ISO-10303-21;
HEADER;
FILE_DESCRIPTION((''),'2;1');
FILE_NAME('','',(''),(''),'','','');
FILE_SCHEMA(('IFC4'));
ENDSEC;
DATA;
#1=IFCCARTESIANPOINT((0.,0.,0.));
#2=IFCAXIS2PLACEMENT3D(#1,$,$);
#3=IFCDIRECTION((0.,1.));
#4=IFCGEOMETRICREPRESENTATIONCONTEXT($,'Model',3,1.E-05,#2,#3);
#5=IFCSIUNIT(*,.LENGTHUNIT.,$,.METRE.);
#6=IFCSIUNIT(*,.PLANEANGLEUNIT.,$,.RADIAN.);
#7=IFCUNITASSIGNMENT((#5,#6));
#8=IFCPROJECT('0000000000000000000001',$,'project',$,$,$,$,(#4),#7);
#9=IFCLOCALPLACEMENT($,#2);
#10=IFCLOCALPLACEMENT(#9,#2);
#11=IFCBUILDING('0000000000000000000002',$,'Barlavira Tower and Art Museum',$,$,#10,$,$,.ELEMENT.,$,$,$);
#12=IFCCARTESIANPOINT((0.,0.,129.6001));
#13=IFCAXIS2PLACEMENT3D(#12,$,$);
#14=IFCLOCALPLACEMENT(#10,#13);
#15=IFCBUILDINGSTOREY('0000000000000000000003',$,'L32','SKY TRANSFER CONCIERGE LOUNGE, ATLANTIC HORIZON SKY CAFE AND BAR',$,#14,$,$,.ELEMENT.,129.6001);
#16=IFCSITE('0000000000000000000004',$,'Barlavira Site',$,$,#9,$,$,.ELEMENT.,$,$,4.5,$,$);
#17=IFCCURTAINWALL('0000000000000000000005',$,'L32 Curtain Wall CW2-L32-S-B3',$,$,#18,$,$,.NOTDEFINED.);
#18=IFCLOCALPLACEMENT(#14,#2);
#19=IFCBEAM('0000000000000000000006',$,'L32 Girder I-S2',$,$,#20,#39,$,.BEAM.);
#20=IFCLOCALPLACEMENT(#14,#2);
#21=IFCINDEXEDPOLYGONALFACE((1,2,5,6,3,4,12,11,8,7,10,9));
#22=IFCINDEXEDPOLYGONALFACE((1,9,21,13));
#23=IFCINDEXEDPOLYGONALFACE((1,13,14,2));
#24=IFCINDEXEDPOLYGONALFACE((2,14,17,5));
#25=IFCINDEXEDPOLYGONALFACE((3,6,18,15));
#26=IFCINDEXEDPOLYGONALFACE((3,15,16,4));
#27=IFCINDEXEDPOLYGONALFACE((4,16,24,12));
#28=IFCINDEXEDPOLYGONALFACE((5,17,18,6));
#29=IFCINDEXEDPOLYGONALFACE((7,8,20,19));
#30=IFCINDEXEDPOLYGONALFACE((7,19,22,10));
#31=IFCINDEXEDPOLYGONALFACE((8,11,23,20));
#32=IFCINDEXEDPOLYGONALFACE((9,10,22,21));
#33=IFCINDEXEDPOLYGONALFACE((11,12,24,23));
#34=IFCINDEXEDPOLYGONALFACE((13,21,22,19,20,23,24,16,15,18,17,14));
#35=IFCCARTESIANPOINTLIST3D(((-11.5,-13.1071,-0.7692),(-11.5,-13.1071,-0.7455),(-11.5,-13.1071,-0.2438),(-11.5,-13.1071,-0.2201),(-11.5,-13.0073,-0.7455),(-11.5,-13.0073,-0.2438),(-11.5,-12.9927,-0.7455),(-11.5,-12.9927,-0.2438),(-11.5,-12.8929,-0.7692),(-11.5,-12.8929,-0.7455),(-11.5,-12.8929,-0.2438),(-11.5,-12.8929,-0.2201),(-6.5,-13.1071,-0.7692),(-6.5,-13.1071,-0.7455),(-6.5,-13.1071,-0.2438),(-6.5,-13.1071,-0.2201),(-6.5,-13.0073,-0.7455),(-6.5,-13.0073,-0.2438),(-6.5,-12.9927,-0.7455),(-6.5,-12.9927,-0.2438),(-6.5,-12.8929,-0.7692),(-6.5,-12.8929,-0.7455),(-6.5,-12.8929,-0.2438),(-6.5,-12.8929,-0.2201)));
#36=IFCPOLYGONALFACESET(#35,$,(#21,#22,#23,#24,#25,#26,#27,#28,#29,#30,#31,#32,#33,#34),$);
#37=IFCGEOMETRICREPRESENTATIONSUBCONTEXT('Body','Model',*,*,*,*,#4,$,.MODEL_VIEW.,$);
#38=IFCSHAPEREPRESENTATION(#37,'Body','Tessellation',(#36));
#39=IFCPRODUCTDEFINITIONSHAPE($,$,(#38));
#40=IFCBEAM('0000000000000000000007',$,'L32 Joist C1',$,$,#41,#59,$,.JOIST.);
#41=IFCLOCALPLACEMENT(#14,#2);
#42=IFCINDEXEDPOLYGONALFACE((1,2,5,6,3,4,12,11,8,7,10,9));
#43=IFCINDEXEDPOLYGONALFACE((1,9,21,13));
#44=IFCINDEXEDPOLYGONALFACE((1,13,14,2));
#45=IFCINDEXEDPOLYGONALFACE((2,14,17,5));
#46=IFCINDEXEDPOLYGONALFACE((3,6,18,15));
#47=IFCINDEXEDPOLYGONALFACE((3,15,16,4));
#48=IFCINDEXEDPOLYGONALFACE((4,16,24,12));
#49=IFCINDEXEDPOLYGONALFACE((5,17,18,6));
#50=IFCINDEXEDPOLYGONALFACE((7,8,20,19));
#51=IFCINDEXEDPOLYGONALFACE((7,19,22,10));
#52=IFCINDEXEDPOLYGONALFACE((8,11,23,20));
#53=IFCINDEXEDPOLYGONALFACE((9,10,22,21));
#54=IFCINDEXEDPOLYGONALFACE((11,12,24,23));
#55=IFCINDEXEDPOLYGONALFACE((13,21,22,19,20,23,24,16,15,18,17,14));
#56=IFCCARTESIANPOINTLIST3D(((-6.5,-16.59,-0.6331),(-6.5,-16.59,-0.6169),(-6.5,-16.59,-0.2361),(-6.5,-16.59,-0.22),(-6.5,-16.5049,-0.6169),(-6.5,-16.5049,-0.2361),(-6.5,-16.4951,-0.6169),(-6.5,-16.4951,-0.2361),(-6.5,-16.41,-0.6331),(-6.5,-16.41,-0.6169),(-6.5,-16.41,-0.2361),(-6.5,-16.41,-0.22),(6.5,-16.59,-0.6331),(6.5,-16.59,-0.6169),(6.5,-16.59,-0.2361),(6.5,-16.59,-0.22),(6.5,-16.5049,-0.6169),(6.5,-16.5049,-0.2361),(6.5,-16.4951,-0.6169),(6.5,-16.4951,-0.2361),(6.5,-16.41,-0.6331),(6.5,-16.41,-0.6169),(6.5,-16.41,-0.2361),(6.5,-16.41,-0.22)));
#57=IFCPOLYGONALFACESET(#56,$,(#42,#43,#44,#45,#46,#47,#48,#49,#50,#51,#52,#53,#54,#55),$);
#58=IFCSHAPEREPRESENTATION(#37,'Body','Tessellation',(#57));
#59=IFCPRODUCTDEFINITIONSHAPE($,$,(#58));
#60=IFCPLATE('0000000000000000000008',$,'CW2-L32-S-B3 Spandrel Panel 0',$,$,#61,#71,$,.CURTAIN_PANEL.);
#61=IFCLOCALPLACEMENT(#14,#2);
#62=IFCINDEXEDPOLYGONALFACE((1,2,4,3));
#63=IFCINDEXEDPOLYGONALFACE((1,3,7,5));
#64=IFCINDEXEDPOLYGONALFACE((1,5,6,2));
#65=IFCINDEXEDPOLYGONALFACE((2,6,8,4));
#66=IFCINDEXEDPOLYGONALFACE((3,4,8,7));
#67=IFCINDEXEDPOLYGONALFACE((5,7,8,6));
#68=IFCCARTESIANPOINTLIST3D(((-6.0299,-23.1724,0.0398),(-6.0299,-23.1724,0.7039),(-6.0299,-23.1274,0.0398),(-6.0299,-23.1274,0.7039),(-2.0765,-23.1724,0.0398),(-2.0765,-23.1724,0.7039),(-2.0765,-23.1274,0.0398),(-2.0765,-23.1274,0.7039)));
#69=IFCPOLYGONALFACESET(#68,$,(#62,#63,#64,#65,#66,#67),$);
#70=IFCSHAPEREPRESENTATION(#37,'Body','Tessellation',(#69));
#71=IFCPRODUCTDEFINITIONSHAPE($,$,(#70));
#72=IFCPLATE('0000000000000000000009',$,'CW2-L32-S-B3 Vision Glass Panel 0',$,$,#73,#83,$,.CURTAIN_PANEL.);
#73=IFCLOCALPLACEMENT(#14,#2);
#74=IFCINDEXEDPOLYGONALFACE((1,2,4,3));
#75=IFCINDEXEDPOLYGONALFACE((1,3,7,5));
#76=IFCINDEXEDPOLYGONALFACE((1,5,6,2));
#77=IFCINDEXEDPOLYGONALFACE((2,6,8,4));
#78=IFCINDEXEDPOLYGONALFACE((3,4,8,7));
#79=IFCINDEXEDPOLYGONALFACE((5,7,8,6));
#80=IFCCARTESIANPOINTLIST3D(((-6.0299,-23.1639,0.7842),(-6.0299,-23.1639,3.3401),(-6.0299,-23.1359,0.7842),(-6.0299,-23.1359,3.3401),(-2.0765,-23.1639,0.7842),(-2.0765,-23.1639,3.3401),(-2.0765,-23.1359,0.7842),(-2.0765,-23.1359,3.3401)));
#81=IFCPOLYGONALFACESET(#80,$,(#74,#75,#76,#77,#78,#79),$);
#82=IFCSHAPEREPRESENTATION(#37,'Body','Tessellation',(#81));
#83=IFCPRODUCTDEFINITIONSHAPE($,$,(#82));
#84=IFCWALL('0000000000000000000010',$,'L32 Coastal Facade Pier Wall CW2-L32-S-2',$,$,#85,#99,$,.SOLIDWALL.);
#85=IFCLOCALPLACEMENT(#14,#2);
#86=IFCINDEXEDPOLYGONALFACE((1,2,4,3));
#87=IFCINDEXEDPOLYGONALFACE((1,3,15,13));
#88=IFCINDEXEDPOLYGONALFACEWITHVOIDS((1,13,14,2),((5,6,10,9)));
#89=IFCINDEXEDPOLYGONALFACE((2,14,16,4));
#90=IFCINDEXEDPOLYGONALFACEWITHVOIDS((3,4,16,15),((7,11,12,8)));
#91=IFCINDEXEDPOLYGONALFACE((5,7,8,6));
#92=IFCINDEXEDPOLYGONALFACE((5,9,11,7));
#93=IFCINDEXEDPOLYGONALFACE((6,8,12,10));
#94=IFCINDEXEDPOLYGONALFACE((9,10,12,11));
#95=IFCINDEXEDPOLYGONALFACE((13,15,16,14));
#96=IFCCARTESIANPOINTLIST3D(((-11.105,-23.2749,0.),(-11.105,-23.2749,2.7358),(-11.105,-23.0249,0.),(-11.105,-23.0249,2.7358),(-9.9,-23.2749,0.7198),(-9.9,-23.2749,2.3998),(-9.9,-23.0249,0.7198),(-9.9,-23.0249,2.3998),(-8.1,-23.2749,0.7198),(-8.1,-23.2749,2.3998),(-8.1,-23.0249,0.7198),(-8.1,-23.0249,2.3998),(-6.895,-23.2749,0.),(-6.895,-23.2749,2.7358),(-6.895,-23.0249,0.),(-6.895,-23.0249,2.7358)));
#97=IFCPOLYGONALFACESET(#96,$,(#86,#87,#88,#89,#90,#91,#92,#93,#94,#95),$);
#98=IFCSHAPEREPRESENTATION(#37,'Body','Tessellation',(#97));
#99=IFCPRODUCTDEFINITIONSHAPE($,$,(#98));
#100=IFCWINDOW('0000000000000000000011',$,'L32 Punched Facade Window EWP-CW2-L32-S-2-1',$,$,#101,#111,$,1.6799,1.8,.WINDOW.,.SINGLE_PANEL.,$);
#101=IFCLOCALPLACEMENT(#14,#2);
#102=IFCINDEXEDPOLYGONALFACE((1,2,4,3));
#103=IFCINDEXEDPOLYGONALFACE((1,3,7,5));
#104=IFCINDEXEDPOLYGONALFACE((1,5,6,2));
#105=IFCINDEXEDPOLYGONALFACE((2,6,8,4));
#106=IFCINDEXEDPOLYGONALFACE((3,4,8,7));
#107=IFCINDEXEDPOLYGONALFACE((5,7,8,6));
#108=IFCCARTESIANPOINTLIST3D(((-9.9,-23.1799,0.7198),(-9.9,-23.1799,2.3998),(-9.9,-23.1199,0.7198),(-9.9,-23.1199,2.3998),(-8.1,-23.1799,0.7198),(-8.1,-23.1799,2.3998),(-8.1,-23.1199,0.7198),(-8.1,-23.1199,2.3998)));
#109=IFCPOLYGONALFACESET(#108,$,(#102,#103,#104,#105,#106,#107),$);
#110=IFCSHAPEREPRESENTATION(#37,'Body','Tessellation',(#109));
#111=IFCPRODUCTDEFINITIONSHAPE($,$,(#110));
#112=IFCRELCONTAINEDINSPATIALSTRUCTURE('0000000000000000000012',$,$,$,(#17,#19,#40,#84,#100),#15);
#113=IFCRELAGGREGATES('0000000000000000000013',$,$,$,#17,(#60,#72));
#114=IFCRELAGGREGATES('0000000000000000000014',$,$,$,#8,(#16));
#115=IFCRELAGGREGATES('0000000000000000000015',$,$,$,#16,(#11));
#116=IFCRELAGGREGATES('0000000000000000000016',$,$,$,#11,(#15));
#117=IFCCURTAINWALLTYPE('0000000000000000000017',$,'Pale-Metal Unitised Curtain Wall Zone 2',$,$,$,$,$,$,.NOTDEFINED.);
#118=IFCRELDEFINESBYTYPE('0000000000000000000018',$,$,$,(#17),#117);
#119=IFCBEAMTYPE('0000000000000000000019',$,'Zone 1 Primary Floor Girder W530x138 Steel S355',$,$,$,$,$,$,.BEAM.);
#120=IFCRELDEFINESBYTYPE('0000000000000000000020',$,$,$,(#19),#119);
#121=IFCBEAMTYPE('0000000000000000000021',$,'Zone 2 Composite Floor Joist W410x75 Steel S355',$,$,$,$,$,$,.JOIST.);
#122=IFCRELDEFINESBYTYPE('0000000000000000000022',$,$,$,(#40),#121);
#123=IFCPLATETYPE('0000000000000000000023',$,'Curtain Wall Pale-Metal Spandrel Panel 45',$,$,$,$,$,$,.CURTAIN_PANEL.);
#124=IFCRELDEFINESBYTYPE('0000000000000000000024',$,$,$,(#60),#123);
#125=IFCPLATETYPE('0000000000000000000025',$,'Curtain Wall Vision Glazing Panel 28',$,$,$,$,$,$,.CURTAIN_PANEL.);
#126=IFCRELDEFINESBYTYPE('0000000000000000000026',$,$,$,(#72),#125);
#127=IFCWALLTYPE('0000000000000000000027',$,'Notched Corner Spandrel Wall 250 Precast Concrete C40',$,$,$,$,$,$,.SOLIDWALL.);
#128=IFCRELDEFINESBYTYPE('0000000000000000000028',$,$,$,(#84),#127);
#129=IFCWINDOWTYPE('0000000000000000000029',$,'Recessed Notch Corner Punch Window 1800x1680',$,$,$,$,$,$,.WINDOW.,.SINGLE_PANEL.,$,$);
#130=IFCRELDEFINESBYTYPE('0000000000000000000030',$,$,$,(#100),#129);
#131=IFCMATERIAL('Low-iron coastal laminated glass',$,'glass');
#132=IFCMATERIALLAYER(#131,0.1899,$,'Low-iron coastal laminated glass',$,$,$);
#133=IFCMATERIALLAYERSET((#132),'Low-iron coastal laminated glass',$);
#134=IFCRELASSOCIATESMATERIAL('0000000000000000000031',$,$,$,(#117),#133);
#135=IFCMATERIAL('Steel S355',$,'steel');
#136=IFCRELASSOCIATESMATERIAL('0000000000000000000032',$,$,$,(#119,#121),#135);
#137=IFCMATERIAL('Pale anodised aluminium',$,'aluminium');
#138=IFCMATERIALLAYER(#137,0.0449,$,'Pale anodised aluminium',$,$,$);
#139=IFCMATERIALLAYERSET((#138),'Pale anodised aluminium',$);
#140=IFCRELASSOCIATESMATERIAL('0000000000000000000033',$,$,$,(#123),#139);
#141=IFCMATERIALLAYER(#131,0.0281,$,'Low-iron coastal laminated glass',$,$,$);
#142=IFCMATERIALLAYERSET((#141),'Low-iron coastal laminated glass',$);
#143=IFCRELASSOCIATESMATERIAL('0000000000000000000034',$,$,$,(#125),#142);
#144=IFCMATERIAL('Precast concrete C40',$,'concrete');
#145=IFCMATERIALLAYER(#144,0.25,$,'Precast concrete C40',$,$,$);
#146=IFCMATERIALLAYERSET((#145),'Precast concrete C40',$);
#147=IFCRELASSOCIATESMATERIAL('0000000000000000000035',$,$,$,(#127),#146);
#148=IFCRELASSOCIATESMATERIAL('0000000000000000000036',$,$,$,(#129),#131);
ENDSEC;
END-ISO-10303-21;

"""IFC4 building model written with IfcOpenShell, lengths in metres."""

from ifc_helpers import new_model, si_unit, direction, frame, frame_2d, origin, origin_2d, place, context, subcontext, project, spatial, rectangle, i_section, extrude, material, layer, layer_set, material_profile, profile_set, type_object, element, fill, aggregate, save


model = new_model("IFC4")

# Units and contexts
model_context = context("Model", 3, precision=1e-05, world=origin(), true_north=direction((0.0, 1.0)))
body_context = subcontext(model_context, "Body", "Model", "MODEL_VIEW")
ifc_project = project(units=[si_unit("LENGTHUNIT", "METRE"), si_unit("PLANEANGLEUNIT", "RADIAN")], contexts=[model_context])

# Site, building, storey
site_placement = place(None, origin())
site = spatial("IfcSite", under=ifc_project, at=site_placement, Name="Barlavira Site", CompositionType="ELEMENT", RefElevation=4.5)
building_placement = place(site_placement, origin())
building = spatial("IfcBuilding", under=site, at=building_placement, Name="Barlavira Tower and Art Museum", CompositionType="ELEMENT")
storey_placement = place(building_placement, frame((0.0, 0.0, 129.6001)))
storey = spatial("IfcBuildingStorey", under=building, at=storey_placement, Name="L32", Description="SKY TRANSFER CONCIERGE LOUNGE, ATLANTIC HORIZON SKY CAFE AND BAR", CompositionType="ELEMENT", Elevation=129.6001)

# Curtain wall
ifc_material_1 = material(Name="Low-iron coastal laminated glass", Category="glass")
ifc_layer_1 = layer(ifc_material_1, 0.1899, Name="Low-iron coastal laminated glass")
ifc_layer_set_1 = layer_set([ifc_layer_1], Name="Low-iron coastal laminated glass")
curtain_wall_type = type_object("IfcCurtainWallType", Name="Pale-Metal Unitised Curtain Wall Zone 2", PredefinedType="NOTDEFINED", material=ifc_layer_set_1)
curtain_wall_placement = place(storey_placement, origin())
curtain_wall = element("IfcCurtainWall", 1, at=curtain_wall_placement, inside=storey, type_object=curtain_wall_type, Name="L32 Curtain Wall CW2-L32-S-B3", PredefinedType="NOTDEFINED")
ifc_material_2 = material(Name="Pale anodised aluminium", Category="aluminium")

# Shared definitions
ifc_material_3 = material(Name="Steel S355", Category="steel")

# Beams
ifc_material_profile_1 = material_profile(ifc_material_3, i_section(OverallWidth=0.2141, OverallDepth=0.5491, WebThickness=0.0146, FlangeThickness=0.0237, at=origin_2d()), Name="W530x138.0")
ifc_profile_set_1 = profile_set([ifc_material_profile_1], Name="Steel S355")
beam_type_1 = type_object("IfcBeamType", Name="Zone 1 Primary Floor Girder W530x138 Steel S355", PredefinedType="BEAM", material=ifc_profile_set_1)
beam_1_placement = place(storey_placement, frame((-11.5, -13.0, -0.4946), z_axis=(1.0, 0.0, 0.0), x_axis=(0.0, 1.0, 0.0)))
element("IfcBeam", 2, at=beam_1_placement, inside=storey, type_object=beam_type_1, Name="L32 Girder I-S2", PredefinedType="BEAM", context=body_context, shape_type="SweptSolid", body=[
    extrude(i_section(OverallWidth=0.2141, OverallDepth=0.5491, WebThickness=0.0146, FlangeThickness=0.0237, at=origin_2d()), origin(), (0.0, 0.0, 1.0), 5.0),
])
ifc_material_profile_2 = material_profile(ifc_material_3, i_section(OverallWidth=0.1799, OverallDepth=0.4131, WebThickness=0.0098, FlangeThickness=0.0161, at=origin_2d()), Name="W410x75.0")
ifc_profile_set_2 = profile_set([ifc_material_profile_2], Name="Steel S355")
beam_type_2 = type_object("IfcBeamType", Name="Zone 2 Composite Floor Joist W410x75 Steel S355", PredefinedType="JOIST", material=ifc_profile_set_2)
beam_2_placement = place(storey_placement, frame((-6.5, -16.5, -0.4265), z_axis=(1.0, 0.0, 0.0), x_axis=(0.0, 1.0, 0.0)))
element("IfcBeam", 3, at=beam_2_placement, inside=storey, type_object=beam_type_2, Name="L32 Joist C1", PredefinedType="JOIST", context=body_context, shape_type="SweptSolid", body=[
    extrude(i_section(OverallWidth=0.1799, OverallDepth=0.4131, WebThickness=0.0098, FlangeThickness=0.0161, at=origin_2d()), origin(), (0.0, 0.0, 1.0), 13.0),
])

# Plates
ifc_layer_2 = layer(ifc_material_2, 0.0449, Name="Pale anodised aluminium")
ifc_layer_set_2 = layer_set([ifc_layer_2], Name="Pale anodised aluminium")
plate_type_1 = type_object("IfcPlateType", Name="Curtain Wall Pale-Metal Spandrel Panel 45", PredefinedType="CURTAIN_PANEL", material=ifc_layer_set_2)
plate_1_placement = place(storey_placement, frame((-4.0532, -23.1499, 0.0398), z_axis=(0.0, 0.0, 1.0), x_axis=(1.0, 0.0, 0.0)))
plate_1 = element("IfcPlate", 4, at=plate_1_placement, type_object=plate_type_1, Name="CW2-L32-S-B3 Spandrel Panel 0", PredefinedType="CURTAIN_PANEL", context=body_context, shape_type="SweptSolid", body=[
    extrude(rectangle(XDim=3.9534, YDim=0.0449, at=origin_2d()), origin(), (0.0, 0.0, 1.0), 0.6641),
])
ifc_layer_3 = layer(ifc_material_1, 0.0281, Name="Low-iron coastal laminated glass")
ifc_layer_set_3 = layer_set([ifc_layer_3], Name="Low-iron coastal laminated glass")
plate_type_2 = type_object("IfcPlateType", Name="Curtain Wall Vision Glazing Panel 28", PredefinedType="CURTAIN_PANEL", material=ifc_layer_set_3)
plate_2_placement = place(storey_placement, frame((-4.0532, -23.1499, 0.7842), z_axis=(0.0, 0.0, 1.0), x_axis=(1.0, 0.0, 0.0)))
plate_2 = element("IfcPlate", 5, at=plate_2_placement, type_object=plate_type_2, Name="CW2-L32-S-B3 Vision Glass Panel 0", PredefinedType="CURTAIN_PANEL", context=body_context, shape_type="SweptSolid", body=[
    extrude(rectangle(XDim=3.9534, YDim=0.0281, at=origin_2d()), origin(), (0.0, 0.0, 1.0), 2.5559),
])
aggregate(curtain_wall, [plate_1, plate_2])

# Wall, opening, window
ifc_material_4 = material(Name="Precast concrete C40", Category="concrete")
ifc_layer_4 = layer(ifc_material_4, 0.25, Name="Precast concrete C40")
ifc_layer_set_4 = layer_set([ifc_layer_4], Name="Precast concrete C40")
wall_type = type_object("IfcWallType", Name="Notched Corner Spandrel Wall 250 Precast Concrete C40", PredefinedType="SOLIDWALL", material=ifc_layer_set_4)
wall_placement = place(storey_placement, frame((-11.105, -23.1499, 0.0), z_axis=(0.0, 0.0, 1.0), x_axis=(1.0, 0.0, 0.0)))
wall = element("IfcWall", 6, at=wall_placement, inside=storey, type_object=wall_type, Name="L32 Coastal Facade Pier Wall CW2-L32-S-2", PredefinedType="SOLIDWALL", context=body_context, shape_type="SweptSolid", body=[
    extrude(rectangle(XDim=4.21, YDim=0.25, at=frame_2d((2.105, 0.0))), origin(), (0.0, 0.0, 1.0), 2.7358),
])
opening_placement = place(wall_placement, frame((1.2051, 0.0, 0.72)))
opening = element("IfcOpeningElement", 7, at=opening_placement, cuts=wall, PredefinedType="OPENING", context=body_context, shape_type="SweptSolid", body=[
    extrude(rectangle(XDim=1.8, YDim=1.6799, at=frame_2d((0.8999, 0.8398))), frame((0.0, 0.135, 0.0), z_axis=(0.0, -1.0, 0.0), x_axis=(1.0, 0.0, 0.0)), (0.0, 0.0, 1.0), 0.27),
])
window_type = type_object("IfcWindowType", Name="Recessed Notch Corner Punch Window 1800x1680", PartitioningType="SINGLE_PANEL", PredefinedType="WINDOW", material=ifc_material_1)
window_placement = place(opening_placement, origin())
window = element("IfcWindow", 8, at=window_placement, inside=storey, type_object=window_type, Name="L32 Punched Facade Window EWP-CW2-L32-S-2-1", OverallHeight=1.6799, OverallWidth=1.8, PartitioningType="SINGLE_PANEL", PredefinedType="WINDOW", context=body_context, shape_type="SweptSolid", body=[
    extrude(rectangle(XDim=1.8, YDim=1.6799, at=frame_2d((0.8999, 0.8398))), frame((0.0, 0.03, 0.0), z_axis=(0.0, -1.0, 0.0), x_axis=(1.0, 0.0, 0.0)), (0.0, 0.0, 1.0), 0.0601),
])
fill(opening, window)

save(model, "model.ifc")
